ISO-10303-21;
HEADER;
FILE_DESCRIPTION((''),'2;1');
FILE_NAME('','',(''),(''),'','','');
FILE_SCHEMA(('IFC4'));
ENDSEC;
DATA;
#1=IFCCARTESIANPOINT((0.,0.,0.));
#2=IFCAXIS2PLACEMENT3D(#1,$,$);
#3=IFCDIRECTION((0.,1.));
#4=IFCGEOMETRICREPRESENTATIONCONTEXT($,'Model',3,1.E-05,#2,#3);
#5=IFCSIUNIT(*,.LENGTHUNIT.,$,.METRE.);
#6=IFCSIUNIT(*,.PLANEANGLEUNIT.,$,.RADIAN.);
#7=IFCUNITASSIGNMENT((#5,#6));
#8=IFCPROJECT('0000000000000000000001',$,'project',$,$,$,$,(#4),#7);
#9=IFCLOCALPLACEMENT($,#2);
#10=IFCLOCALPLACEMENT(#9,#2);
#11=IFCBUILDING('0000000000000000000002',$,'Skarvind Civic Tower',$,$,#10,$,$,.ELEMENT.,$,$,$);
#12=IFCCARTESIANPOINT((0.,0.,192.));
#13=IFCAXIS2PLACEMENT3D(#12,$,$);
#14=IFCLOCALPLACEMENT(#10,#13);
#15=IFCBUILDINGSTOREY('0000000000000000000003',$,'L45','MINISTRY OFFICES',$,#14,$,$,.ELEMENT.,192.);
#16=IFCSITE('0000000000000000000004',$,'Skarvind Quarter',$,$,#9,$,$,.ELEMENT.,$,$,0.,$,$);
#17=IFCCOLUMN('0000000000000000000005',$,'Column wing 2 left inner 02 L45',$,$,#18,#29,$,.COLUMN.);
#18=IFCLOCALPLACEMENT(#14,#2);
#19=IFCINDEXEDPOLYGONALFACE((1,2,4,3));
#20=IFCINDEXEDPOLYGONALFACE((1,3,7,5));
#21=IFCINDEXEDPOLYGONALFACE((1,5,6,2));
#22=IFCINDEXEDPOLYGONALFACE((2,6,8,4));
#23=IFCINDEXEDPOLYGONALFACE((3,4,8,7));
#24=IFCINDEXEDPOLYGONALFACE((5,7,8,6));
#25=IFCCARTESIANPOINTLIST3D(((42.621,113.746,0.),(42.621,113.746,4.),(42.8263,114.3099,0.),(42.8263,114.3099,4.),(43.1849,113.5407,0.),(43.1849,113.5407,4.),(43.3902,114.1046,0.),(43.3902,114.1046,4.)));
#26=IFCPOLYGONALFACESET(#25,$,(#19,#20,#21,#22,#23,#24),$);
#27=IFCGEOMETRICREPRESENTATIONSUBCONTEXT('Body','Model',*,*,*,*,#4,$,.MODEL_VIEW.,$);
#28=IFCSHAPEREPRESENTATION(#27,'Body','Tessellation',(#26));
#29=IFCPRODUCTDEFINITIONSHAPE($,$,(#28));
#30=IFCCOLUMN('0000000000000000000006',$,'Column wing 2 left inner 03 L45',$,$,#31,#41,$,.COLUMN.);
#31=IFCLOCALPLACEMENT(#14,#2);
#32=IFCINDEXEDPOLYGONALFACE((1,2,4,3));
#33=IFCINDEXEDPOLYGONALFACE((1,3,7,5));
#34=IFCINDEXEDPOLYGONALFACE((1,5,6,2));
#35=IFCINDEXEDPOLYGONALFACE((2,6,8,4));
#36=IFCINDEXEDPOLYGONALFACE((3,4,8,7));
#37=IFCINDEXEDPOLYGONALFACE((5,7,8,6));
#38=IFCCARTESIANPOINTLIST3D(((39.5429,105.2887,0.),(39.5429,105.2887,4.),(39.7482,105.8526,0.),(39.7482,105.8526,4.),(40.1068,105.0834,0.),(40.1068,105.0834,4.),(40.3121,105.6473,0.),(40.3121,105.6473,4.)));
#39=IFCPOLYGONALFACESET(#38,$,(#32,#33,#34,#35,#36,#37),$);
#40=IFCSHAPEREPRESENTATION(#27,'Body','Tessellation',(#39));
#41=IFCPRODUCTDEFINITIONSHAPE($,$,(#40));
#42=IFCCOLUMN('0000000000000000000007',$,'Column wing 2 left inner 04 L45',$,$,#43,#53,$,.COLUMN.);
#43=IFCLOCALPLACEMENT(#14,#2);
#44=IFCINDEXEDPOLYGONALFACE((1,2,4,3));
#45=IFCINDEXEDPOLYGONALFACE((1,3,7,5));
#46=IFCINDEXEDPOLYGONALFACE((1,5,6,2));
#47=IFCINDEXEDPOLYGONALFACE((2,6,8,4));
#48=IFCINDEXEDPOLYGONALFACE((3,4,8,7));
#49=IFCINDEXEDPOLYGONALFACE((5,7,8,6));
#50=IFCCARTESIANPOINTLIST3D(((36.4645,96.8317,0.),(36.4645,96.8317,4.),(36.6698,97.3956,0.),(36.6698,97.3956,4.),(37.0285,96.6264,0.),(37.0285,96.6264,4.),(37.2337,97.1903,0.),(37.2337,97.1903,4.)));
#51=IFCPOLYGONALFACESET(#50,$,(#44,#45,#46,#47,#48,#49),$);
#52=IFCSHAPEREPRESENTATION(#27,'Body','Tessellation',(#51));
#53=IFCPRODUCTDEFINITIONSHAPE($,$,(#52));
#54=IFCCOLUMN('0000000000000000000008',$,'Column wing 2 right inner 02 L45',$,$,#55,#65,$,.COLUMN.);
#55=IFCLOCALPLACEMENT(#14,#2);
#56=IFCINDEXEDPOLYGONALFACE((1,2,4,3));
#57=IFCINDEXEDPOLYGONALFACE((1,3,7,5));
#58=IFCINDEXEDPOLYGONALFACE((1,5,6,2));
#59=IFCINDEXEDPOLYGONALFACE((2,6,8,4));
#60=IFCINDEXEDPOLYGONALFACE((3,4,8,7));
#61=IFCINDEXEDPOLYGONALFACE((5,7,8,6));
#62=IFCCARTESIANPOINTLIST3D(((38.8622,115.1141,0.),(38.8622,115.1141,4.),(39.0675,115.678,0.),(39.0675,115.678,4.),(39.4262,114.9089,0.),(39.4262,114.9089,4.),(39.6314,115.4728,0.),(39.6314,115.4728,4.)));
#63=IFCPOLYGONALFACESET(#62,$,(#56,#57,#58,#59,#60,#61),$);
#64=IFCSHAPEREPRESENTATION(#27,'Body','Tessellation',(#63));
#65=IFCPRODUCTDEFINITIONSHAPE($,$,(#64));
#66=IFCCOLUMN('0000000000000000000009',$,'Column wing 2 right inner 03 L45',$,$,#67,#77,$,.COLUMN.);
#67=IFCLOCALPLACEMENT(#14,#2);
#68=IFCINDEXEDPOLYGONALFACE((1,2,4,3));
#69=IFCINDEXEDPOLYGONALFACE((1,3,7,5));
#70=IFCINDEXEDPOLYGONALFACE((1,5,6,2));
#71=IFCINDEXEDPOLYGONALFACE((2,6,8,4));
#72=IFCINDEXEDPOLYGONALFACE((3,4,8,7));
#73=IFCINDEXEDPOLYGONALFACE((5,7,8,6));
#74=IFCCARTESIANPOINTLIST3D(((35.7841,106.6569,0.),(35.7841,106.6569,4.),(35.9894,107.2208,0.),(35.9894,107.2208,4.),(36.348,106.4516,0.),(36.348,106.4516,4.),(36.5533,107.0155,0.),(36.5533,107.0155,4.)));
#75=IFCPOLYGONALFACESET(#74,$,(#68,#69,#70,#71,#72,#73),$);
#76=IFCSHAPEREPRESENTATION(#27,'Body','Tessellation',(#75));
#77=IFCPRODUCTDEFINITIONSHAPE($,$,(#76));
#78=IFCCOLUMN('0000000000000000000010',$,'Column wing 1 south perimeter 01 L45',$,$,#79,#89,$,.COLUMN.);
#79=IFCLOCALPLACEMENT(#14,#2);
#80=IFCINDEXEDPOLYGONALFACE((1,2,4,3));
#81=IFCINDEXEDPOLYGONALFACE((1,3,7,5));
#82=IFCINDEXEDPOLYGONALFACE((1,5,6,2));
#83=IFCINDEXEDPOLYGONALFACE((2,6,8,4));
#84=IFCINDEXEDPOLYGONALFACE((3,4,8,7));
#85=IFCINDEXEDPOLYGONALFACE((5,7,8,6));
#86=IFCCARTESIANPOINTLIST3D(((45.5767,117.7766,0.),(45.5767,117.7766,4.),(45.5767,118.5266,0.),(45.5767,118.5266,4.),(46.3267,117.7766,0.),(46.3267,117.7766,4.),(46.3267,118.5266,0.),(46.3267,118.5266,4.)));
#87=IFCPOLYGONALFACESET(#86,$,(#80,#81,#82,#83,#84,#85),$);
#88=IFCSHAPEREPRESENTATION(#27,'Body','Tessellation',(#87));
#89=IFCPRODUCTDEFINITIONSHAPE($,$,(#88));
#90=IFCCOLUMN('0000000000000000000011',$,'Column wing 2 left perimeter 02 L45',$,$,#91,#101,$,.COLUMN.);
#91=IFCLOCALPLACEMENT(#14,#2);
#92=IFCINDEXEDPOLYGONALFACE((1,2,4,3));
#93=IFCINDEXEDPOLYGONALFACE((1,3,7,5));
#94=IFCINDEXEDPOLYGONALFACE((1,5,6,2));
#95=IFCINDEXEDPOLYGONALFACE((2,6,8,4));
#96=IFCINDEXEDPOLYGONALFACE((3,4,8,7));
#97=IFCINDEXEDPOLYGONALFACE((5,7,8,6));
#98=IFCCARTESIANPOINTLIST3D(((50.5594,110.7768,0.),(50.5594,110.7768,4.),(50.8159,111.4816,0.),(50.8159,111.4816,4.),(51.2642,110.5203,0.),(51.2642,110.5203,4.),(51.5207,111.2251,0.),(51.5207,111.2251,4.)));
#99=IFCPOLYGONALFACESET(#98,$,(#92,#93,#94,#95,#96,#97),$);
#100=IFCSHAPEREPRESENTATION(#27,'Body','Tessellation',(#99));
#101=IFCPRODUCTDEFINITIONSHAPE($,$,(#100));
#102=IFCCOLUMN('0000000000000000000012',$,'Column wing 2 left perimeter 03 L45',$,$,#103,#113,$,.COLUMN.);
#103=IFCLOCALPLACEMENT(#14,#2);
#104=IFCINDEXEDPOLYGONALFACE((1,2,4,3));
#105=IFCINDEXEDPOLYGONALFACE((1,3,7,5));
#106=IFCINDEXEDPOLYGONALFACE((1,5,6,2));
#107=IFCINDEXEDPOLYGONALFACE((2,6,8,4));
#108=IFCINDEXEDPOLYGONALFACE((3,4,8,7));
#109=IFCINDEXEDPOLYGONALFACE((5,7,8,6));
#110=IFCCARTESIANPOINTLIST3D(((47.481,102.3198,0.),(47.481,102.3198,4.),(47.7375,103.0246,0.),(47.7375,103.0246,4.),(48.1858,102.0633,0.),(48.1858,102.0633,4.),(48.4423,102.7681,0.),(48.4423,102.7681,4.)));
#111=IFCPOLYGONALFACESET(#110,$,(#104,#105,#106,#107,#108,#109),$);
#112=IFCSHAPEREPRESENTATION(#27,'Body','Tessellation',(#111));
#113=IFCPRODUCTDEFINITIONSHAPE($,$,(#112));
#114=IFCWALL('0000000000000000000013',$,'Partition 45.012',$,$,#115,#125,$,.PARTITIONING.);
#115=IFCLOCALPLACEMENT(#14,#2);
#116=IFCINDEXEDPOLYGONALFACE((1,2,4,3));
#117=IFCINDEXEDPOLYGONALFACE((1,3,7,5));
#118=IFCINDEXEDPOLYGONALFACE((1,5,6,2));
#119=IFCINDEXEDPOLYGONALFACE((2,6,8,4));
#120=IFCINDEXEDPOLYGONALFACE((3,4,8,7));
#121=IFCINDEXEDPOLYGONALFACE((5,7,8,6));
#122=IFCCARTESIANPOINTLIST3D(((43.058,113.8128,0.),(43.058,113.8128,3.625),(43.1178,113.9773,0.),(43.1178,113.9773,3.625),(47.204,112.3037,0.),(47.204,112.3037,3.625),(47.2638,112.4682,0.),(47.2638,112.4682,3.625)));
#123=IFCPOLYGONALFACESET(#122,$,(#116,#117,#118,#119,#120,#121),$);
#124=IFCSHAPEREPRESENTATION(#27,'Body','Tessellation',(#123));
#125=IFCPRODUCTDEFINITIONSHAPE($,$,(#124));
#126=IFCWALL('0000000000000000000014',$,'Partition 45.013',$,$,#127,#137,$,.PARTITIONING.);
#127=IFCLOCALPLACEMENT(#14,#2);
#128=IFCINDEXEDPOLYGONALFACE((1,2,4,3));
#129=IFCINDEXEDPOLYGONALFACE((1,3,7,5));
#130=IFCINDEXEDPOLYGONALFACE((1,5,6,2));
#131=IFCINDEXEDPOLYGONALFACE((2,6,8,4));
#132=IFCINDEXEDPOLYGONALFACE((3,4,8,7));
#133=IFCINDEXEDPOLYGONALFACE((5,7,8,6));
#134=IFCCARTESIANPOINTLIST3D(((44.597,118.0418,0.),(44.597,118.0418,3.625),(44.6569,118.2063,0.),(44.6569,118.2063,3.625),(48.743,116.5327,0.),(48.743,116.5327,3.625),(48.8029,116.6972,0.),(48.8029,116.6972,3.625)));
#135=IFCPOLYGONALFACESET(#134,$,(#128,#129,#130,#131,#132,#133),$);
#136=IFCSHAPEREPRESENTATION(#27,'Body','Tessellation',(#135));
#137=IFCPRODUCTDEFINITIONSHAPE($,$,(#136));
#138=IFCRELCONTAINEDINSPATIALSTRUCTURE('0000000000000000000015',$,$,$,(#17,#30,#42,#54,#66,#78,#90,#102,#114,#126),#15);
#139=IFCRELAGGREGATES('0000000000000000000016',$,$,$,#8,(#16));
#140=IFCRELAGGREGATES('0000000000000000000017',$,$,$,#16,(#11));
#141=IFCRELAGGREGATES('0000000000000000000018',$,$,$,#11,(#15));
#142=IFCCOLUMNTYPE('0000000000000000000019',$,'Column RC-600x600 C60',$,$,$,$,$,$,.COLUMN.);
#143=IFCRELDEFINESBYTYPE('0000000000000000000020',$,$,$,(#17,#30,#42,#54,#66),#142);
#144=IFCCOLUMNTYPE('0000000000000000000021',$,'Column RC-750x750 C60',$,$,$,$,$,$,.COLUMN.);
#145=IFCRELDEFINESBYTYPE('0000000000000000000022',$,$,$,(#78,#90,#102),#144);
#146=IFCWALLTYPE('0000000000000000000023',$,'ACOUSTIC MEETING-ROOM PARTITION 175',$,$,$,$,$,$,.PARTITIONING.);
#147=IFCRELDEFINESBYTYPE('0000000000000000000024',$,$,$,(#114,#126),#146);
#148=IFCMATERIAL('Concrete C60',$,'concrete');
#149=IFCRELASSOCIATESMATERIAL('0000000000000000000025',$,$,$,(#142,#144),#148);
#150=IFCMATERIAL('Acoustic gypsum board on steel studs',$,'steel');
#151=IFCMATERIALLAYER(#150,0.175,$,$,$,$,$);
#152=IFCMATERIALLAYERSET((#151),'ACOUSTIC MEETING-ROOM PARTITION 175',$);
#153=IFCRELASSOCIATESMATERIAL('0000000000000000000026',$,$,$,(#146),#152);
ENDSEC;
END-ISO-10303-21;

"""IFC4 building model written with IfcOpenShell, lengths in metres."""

from ifc_helpers import new_model, si_unit, direction, frame, frame_2d, origin, origin_2d, place, context, subcontext, project, spatial, rectangle, extrude, material, layer, layer_set, material_profile, profile_set, type_object, element, save


model = new_model("IFC4")

# Units and contexts
model_context = context("Model", 3, precision=1e-05, world=origin(), true_north=direction((0.0, 1.0)))
body_context = subcontext(model_context, "Body", "Model", "MODEL_VIEW")
ifc_project = project(units=[si_unit("LENGTHUNIT", "METRE"), si_unit("PLANEANGLEUNIT", "RADIAN")], contexts=[model_context])

# Site, building, storey
site_placement = place(None, origin())
site = spatial("IfcSite", under=ifc_project, at=site_placement, Name="Skarvind Quarter", CompositionType="ELEMENT", RefElevation=0.0)
building_placement = place(site_placement, origin())
building = spatial("IfcBuilding", under=site, at=building_placement, Name="Skarvind Civic Tower", CompositionType="ELEMENT")
storey_placement = place(building_placement, frame((0.0, 0.0, 192.0)))
storey = spatial("IfcBuildingStorey", under=building, at=storey_placement, Name="L45", Description="MINISTRY OFFICES", CompositionType="ELEMENT", Elevation=192.0)

# Columns
ifc_material_1 = material(Name="Concrete C60", Category="concrete")
ifc_material_profile_1 = material_profile(ifc_material_1, rectangle(XDim=0.6001, YDim=0.6001, at=origin_2d()), Name="RC-600x600")
ifc_profile_set_1 = profile_set([ifc_material_profile_1], Name="Concrete C60")
column_type_1 = type_object("IfcColumnType", Name="Column RC-600x600 C60", PredefinedType="COLUMN", material=ifc_profile_set_1)
for number, where, z_axis, x_axis, name in (
    (1, (43.0056, 113.9253, 0.0), (0.0, 0.0, 1.0), (-0.34202, -0.939693, 0.0), "Column wing 2 left inner 02 L45"),
    (2, (39.9275, 105.468, 0.0), (0.0, 0.0, 1.0), (-0.34202, -0.939693, 0.0), "Column wing 2 left inner 03 L45"),
    (3, (36.8491, 97.011, 0.0), (0.0, 0.0, 1.0), (-0.34202, -0.939693, 0.0), "Column wing 2 left inner 04 L45"),
    (4, (39.2468, 115.2935, 0.0), (0.0, 0.0, 1.0), (-0.34202, -0.939693, 0.0), "Column wing 2 right inner 02 L45"),
    (5, (36.1687, 106.8362, 0.0), (0.0, 0.0, 1.0), (-0.34202, -0.939693, 0.0), "Column wing 2 right inner 03 L45"),
):
    element("IfcColumn", number, at=place(storey_placement, frame(where, z_axis=z_axis, x_axis=x_axis)), inside=storey, type_object=column_type_1, Name=name, PredefinedType="COLUMN", context=body_context, shape_type="SweptSolid", body=[
        extrude(rectangle(XDim=0.6001, YDim=0.6001, at=origin_2d()), origin(), (0.0, 0.0, 1.0), 4.0),
    ])
ifc_material_profile_2 = material_profile(ifc_material_1, rectangle(XDim=0.75, YDim=0.75, at=origin_2d()), Name="RC-750x750")
ifc_profile_set_2 = profile_set([ifc_material_profile_2], Name="Concrete C60")
column_type_2 = type_object("IfcColumnType", Name="Column RC-750x750 C60", PredefinedType="COLUMN", material=ifc_profile_set_2)
for number, where, z_axis, x_axis, name in (
    (6, (45.9517, 118.1516, 0.0), (0.0, 0.0, 1.0), (1.0, 0.0, 0.0), "Column wing 1 south perimeter 01 L45"),
    (7, (51.04, 111.001, 0.0), (0.0, 0.0, 1.0), (-0.34202, -0.939693, 0.0), "Column wing 2 left perimeter 02 L45"),
    (8, (47.9617, 102.5439, 0.0), (0.0, 0.0, 1.0), (-0.34202, -0.939693, 0.0), "Column wing 2 left perimeter 03 L45"),
):
    element("IfcColumn", number, at=place(storey_placement, frame(where, z_axis=z_axis, x_axis=x_axis)), inside=storey, type_object=column_type_2, Name=name, PredefinedType="COLUMN", context=body_context, shape_type="SweptSolid", body=[
        extrude(rectangle(XDim=0.75, YDim=0.75, at=origin_2d()), origin(), (0.0, 0.0, 1.0), 4.0),
    ])

# Walls
ifc_material_2 = material(Name="Acoustic gypsum board on steel studs", Category="steel")
ifc_layer_1 = layer(ifc_material_2, 0.175)
ifc_layer_set_1 = layer_set([ifc_layer_1], Name="ACOUSTIC MEETING-ROOM PARTITION 175")
wall_type_1 = type_object("IfcWallType", Name="ACOUSTIC MEETING-ROOM PARTITION 175", PredefinedType="PARTITIONING", material=ifc_layer_set_1)
for number, where, z_axis, x_axis, name in (
    (9, (43.0879, 113.895, 0.0), (0.0, 0.0, 1.0), (0.939692, -0.342023, 0.0), "Partition 45.012"),
    (10, (44.627, 118.124, 0.0), (0.0, 0.0, 1.0), (0.939692, -0.342023, 0.0), "Partition 45.013"),
):
    element("IfcWall", number, at=place(storey_placement, frame(where, z_axis=z_axis, x_axis=x_axis)), inside=storey, type_object=wall_type_1, Name=name, PredefinedType="PARTITIONING", context=body_context, shape_type="SweptSolid", body=[
        extrude(rectangle(XDim=4.4121, YDim=0.175, at=frame_2d((2.2061, 0.0))), origin(), (0.0, 0.0, 1.0), 3.625),
    ])

save(model, "model.ifc")
